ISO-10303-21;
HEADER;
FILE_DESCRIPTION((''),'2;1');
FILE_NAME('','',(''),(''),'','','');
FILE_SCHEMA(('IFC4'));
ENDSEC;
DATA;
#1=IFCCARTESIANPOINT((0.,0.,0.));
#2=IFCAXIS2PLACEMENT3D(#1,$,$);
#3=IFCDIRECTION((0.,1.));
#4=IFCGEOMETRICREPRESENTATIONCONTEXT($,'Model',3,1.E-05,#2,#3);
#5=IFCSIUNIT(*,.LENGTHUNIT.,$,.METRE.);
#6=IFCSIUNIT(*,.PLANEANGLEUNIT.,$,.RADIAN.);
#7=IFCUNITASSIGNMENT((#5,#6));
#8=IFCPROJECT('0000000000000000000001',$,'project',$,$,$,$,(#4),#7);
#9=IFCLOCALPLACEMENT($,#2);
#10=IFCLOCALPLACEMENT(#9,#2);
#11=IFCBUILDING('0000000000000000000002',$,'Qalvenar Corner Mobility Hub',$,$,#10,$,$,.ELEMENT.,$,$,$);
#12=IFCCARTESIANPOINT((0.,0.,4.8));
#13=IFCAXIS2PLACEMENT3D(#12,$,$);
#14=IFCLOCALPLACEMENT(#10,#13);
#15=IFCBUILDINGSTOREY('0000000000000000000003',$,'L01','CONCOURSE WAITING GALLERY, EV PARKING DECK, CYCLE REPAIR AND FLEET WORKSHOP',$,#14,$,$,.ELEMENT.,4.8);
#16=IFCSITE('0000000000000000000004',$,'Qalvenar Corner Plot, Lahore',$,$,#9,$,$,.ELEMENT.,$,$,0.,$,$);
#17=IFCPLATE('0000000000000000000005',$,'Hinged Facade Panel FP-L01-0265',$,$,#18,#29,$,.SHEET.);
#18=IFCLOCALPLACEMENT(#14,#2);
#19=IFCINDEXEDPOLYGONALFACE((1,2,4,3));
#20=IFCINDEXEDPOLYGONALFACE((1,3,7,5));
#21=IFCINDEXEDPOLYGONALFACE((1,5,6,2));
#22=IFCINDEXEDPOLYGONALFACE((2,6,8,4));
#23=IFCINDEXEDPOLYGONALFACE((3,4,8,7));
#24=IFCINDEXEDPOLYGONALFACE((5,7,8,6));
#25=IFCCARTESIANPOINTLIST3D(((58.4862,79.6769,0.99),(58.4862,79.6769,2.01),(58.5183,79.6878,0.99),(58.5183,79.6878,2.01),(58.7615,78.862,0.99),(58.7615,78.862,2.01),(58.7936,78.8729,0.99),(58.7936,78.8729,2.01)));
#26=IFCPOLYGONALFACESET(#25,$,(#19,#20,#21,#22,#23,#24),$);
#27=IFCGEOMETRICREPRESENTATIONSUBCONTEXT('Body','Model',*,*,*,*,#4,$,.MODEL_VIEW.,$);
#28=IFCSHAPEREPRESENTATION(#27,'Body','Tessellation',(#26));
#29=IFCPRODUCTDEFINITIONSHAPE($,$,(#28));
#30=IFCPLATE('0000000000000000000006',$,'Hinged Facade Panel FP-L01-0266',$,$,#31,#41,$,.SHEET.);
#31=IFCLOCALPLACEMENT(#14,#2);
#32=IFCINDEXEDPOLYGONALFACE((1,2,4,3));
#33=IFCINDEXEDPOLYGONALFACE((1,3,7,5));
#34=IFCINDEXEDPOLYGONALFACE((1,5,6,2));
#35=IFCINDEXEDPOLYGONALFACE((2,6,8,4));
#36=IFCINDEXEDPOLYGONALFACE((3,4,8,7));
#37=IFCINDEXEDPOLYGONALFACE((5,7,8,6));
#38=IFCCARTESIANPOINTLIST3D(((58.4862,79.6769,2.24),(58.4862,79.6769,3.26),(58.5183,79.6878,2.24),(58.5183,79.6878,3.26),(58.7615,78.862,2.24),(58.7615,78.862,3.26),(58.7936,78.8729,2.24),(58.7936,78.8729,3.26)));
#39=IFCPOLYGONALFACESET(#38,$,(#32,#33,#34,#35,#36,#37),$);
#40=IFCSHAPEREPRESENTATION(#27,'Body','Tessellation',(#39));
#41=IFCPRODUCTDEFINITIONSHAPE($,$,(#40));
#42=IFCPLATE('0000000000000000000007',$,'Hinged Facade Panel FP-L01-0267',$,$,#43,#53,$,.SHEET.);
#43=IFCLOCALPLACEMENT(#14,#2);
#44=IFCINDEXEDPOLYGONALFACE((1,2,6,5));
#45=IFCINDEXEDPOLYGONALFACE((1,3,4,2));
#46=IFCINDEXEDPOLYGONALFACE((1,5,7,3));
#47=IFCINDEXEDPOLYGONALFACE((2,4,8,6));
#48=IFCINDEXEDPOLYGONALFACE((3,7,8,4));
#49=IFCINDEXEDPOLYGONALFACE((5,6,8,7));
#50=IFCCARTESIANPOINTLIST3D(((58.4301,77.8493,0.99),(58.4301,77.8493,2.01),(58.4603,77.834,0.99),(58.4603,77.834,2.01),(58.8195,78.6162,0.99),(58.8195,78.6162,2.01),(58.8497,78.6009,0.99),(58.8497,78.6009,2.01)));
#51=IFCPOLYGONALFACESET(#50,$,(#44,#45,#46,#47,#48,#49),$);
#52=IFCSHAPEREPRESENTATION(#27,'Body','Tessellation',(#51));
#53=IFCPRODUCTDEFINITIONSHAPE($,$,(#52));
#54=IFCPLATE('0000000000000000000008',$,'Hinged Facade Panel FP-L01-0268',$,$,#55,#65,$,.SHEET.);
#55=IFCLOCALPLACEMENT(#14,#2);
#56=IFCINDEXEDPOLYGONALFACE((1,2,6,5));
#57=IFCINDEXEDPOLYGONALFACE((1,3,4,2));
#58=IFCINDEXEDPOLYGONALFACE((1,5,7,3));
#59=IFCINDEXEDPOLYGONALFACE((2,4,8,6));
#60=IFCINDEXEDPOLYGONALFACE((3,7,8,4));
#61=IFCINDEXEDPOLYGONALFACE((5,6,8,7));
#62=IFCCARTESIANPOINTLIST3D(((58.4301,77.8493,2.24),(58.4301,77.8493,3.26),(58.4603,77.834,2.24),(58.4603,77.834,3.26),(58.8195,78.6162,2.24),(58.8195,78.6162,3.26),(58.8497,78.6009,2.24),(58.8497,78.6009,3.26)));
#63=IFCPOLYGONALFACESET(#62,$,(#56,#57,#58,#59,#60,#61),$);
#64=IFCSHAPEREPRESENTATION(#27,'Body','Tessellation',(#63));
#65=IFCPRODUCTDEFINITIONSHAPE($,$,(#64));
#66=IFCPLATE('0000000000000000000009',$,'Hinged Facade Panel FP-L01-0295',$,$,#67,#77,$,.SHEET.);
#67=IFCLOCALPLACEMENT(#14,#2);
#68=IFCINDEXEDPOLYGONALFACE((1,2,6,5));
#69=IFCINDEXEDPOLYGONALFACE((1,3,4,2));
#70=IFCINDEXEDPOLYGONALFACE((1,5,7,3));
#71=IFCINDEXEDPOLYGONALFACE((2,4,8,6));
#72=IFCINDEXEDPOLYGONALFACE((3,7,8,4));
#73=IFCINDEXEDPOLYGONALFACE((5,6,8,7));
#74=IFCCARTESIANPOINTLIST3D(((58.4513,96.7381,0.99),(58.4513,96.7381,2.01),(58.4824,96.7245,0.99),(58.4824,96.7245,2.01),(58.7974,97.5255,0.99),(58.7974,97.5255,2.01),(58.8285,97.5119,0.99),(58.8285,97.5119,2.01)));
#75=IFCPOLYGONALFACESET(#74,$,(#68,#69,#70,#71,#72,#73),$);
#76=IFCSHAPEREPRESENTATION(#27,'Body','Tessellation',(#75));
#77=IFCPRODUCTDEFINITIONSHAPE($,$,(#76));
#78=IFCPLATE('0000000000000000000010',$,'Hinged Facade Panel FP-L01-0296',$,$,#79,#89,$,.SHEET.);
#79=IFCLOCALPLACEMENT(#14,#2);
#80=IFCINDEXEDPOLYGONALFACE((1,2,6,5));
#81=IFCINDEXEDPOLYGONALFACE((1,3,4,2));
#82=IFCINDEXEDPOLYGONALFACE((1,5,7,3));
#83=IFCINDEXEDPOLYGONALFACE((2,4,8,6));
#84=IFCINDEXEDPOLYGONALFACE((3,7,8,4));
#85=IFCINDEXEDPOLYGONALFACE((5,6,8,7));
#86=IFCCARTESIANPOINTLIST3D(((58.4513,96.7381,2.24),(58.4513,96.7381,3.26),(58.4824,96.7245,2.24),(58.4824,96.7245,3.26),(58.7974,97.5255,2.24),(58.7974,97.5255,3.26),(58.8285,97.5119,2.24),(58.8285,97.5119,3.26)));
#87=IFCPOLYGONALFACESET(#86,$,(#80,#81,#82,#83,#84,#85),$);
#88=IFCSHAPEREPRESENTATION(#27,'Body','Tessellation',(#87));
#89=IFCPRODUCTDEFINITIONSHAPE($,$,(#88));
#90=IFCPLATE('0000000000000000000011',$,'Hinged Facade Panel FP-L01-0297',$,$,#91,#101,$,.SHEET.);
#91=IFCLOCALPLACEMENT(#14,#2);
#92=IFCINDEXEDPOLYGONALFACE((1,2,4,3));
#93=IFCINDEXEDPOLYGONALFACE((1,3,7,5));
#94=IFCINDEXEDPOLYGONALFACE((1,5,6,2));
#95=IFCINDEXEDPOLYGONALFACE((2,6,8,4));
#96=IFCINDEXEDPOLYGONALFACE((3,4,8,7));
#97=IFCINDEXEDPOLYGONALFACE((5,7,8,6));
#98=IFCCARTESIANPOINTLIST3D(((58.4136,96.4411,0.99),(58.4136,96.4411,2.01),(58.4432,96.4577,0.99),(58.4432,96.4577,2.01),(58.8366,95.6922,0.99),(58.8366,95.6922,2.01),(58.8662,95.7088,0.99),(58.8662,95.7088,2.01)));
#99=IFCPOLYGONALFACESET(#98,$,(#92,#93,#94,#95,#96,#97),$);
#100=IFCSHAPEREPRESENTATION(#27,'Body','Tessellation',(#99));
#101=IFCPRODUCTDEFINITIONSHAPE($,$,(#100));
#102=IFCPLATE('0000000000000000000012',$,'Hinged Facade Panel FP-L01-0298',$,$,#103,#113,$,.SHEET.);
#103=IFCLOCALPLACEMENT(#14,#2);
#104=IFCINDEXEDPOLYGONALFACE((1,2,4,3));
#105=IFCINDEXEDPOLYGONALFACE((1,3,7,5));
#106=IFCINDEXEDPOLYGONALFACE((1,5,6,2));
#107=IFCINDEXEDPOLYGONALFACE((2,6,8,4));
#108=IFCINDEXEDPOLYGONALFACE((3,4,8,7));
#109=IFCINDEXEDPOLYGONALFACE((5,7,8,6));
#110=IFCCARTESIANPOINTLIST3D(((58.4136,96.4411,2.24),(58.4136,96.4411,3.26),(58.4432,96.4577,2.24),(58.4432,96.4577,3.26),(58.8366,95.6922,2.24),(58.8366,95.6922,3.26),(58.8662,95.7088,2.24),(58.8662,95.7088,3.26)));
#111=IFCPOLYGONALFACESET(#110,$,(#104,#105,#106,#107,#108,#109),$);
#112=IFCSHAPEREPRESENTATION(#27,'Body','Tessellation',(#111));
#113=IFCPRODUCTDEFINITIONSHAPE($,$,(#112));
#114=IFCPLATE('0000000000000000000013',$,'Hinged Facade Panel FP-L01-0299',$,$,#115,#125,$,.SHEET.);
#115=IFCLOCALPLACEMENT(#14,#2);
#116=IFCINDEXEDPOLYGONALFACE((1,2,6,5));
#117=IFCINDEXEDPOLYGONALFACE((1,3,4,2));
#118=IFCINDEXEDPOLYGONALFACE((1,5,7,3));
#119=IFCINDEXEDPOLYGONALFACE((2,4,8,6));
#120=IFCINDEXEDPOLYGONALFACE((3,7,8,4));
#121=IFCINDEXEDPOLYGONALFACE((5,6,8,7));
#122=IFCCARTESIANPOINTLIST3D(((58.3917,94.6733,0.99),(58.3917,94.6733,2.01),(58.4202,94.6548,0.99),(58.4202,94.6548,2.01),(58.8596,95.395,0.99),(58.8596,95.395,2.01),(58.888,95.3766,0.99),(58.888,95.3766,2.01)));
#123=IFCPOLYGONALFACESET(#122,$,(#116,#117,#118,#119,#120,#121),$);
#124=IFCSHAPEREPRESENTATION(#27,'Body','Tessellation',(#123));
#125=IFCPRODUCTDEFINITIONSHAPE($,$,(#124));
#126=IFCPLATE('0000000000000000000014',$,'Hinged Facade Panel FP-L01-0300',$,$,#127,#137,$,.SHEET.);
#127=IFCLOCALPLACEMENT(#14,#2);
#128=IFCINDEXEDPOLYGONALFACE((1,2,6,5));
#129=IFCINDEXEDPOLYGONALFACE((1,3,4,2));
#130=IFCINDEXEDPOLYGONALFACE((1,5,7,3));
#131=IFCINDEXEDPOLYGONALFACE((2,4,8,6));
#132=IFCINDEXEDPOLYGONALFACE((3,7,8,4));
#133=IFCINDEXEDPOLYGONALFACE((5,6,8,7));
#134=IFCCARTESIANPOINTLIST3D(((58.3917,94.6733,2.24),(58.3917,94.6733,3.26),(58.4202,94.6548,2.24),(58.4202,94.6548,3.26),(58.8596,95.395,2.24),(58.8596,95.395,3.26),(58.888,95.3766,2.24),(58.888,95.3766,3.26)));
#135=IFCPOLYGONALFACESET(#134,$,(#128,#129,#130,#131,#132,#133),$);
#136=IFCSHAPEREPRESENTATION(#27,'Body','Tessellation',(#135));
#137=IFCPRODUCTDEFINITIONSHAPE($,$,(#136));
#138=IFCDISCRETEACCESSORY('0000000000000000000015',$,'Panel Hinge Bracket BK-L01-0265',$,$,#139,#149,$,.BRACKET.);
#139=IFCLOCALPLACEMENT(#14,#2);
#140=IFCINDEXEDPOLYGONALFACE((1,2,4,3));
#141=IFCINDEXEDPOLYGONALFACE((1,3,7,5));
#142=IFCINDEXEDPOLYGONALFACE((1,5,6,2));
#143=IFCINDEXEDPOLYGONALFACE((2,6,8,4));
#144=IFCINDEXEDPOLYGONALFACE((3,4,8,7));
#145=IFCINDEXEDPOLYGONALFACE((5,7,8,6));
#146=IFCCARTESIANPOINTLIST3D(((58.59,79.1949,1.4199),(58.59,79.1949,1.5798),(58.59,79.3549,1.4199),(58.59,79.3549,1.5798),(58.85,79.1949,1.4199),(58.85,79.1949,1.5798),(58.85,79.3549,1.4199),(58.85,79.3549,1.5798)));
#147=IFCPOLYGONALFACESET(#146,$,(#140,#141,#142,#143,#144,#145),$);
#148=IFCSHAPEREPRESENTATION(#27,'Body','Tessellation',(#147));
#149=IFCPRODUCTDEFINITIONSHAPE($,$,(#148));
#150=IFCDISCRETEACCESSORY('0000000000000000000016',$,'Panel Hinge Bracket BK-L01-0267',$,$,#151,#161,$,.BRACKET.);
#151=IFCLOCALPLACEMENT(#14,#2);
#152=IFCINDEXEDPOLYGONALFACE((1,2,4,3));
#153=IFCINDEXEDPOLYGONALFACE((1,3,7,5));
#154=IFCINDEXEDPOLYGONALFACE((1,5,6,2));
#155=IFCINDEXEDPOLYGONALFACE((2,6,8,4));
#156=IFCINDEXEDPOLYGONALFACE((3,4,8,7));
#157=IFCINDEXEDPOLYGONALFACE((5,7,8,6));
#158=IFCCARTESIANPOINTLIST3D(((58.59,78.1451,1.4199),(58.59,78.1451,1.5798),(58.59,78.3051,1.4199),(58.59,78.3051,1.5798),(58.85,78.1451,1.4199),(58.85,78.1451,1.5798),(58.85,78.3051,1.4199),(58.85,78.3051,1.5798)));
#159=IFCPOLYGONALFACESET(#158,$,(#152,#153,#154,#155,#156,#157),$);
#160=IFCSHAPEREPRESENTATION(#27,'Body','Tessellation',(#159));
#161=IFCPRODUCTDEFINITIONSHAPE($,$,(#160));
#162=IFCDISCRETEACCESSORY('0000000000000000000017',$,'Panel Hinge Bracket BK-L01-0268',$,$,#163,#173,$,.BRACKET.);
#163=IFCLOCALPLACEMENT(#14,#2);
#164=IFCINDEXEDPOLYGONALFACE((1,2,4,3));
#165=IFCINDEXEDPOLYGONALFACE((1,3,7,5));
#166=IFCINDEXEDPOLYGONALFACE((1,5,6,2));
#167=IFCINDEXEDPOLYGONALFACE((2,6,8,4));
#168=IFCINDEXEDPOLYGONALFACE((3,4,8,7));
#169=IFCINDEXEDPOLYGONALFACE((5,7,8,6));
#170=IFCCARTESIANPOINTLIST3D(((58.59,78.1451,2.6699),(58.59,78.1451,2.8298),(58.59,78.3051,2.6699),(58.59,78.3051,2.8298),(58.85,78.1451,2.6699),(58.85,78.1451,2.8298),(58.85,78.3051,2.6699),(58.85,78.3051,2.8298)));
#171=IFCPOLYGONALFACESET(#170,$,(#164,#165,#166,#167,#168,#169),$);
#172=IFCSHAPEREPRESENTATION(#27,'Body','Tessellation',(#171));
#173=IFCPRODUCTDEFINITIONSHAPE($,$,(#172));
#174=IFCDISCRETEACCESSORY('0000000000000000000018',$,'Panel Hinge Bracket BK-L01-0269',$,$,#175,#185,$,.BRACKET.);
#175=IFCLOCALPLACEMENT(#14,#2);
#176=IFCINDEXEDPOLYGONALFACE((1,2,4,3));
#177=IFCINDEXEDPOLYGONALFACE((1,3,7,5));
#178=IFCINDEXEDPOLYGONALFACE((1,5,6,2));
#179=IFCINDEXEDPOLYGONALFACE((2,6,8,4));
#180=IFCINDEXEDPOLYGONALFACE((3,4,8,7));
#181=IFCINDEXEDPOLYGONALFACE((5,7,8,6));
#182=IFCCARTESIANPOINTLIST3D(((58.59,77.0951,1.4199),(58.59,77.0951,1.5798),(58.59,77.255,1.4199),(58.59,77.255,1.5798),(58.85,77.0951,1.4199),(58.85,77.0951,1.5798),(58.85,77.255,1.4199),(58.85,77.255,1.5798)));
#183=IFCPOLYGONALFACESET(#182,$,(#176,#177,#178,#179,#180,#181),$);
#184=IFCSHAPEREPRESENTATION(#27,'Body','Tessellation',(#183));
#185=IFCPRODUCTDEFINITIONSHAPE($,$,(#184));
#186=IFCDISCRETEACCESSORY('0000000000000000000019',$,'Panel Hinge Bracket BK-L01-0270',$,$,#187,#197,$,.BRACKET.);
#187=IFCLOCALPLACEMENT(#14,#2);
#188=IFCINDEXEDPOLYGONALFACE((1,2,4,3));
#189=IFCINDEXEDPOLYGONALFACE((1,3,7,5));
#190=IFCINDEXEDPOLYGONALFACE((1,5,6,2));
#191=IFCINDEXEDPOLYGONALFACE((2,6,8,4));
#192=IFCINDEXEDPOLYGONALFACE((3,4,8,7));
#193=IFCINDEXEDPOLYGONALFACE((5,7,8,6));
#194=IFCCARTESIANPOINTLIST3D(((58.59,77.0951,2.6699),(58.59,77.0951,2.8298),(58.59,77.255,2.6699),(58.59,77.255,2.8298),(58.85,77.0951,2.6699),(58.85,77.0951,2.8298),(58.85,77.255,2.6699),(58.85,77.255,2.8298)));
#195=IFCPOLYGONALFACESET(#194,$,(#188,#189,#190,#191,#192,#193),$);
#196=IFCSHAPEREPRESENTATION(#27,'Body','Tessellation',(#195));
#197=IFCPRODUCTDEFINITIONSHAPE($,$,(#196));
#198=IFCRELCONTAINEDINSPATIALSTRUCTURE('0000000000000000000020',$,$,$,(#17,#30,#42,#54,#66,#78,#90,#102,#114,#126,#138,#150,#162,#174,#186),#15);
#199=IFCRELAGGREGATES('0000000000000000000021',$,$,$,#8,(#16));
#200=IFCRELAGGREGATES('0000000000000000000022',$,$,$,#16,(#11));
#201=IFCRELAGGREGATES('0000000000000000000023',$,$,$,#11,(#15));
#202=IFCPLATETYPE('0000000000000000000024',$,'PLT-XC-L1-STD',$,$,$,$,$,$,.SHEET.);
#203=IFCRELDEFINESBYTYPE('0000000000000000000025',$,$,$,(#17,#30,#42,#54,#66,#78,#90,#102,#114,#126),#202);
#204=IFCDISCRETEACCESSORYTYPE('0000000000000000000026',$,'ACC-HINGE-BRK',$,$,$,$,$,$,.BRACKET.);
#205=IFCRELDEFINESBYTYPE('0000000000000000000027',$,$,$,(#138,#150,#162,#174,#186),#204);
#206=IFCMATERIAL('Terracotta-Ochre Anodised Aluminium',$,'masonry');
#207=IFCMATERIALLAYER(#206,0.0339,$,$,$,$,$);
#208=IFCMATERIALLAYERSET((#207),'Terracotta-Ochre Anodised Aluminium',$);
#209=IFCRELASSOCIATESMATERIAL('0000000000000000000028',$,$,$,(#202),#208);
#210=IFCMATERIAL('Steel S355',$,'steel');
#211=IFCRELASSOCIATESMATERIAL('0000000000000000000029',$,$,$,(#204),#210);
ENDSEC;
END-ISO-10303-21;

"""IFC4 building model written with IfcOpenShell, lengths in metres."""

from ifc_helpers import new_model, si_unit, direction, frame, origin, origin_2d, place, context, subcontext, project, spatial, rectangle, extrude, material, layer, layer_set, type_object, element, save


model = new_model("IFC4")

# Units and contexts
model_context = context("Model", 3, precision=1e-05, world=origin(), true_north=direction((0.0, 1.0)))
body_context = subcontext(model_context, "Body", "Model", "MODEL_VIEW")
ifc_project = project(units=[si_unit("LENGTHUNIT", "METRE"), si_unit("PLANEANGLEUNIT", "RADIAN")], contexts=[model_context])

# Site, building, storey
site_placement = place(None, origin())
site = spatial("IfcSite", under=ifc_project, at=site_placement, Name="Qalvenar Corner Plot, Lahore", CompositionType="ELEMENT", RefElevation=0.0)
building_placement = place(site_placement, origin())
building = spatial("IfcBuilding", under=site, at=building_placement, Name="Qalvenar Corner Mobility Hub", CompositionType="ELEMENT")
storey_placement = place(building_placement, frame((0.0, 0.0, 4.8)))
storey = spatial("IfcBuildingStorey", under=building, at=storey_placement, Name="L01", Description="CONCOURSE WAITING GALLERY, EV PARKING DECK, CYCLE REPAIR AND FLEET WORKSHOP", CompositionType="ELEMENT", Elevation=4.8)

# Shared definitions
ifc_material_1 = material(Name="Steel S355", Category="steel")

# Plates
ifc_material_2 = material(Name="Terracotta-Ochre Anodised Aluminium", Category="masonry")
ifc_layer_1 = layer(ifc_material_2, 0.0339)
ifc_layer_set_1 = layer_set([ifc_layer_1], Name="Terracotta-Ochre Anodised Aluminium")
plate_type_1 = type_object("IfcPlateType", Name="PLT-XC-L1-STD", PredefinedType="SHEET", material=ifc_layer_set_1)
for number, where, z_axis, x_axis, name in (
    (1, (58.6399, 79.2749, 0.99), (0.0, 0.0, 1.0), (0.320117, -0.947378, 0.0), "Hinged Facade Panel FP-L01-0265"),
    (2, (58.6399, 79.2749, 2.24), (0.0, 0.0, 1.0), (0.320117, -0.947378, 0.0), "Hinged Facade Panel FP-L01-0266"),
    (3, (58.6399, 78.2251, 0.99), (0.0, 0.0, 1.0), (-0.452746, -0.89164, 0.0), "Hinged Facade Panel FP-L01-0267"),
    (4, (58.6399, 78.2251, 2.24), (0.0, 0.0, 1.0), (-0.452746, -0.89164, 0.0), "Hinged Facade Panel FP-L01-0268"),
    (5, (58.6399, 97.125, 0.99), (0.0, 0.0, 1.0), (-0.402427, -0.915452, 0.0), "Hinged Facade Panel FP-L01-0295"),
    (6, (58.6399, 97.125, 2.24), (0.0, 0.0, 1.0), (-0.402427, -0.915452, 0.0), "Hinged Facade Panel FP-L01-0296"),
    (7, (58.6399, 96.075, 0.99), (0.0, 0.0, 1.0), (0.491816, -0.870699, 0.0), "Hinged Facade Panel FP-L01-0297"),
    (8, (58.6399, 96.075, 2.24), (0.0, 0.0, 1.0), (0.491816, -0.870699, 0.0), "Hinged Facade Panel FP-L01-0298"),
    (9, (58.6399, 95.0249, 0.99), (0.0, 0.0, 1.0), (-0.543907, -0.839146, 0.0), "Hinged Facade Panel FP-L01-0299"),
    (10, (58.6399, 95.0249, 2.24), (0.0, 0.0, 1.0), (-0.543907, -0.839146, 0.0), "Hinged Facade Panel FP-L01-0300"),
):
    element("IfcPlate", number, at=place(storey_placement, frame(where, z_axis=z_axis, x_axis=x_axis)), inside=storey, type_object=plate_type_1, Name=name, PredefinedType="SHEET", context=body_context, shape_type="SweptSolid", body=[
        extrude(rectangle(XDim=0.8601, YDim=0.0339, at=origin_2d()), origin(), (0.0, 0.0, 1.0), 1.02),
    ])

# Discrete accessories
discrete_accessory_type = type_object("IfcDiscreteAccessoryType", Name="ACC-HINGE-BRK", PredefinedType="BRACKET", material=ifc_material_1)
for number, where, z_axis, x_axis, name in (
    (11, (58.72, 79.2749, 1.4199), (0.0, 0.0, 1.0), (0.0, -1.0, 0.0), "Panel Hinge Bracket BK-L01-0265"),
    (12, (58.72, 78.2251, 1.4199), (0.0, 0.0, 1.0), (0.0, -1.0, 0.0), "Panel Hinge Bracket BK-L01-0267"),
    (13, (58.72, 78.2251, 2.6699), (0.0, 0.0, 1.0), (0.0, -1.0, 0.0), "Panel Hinge Bracket BK-L01-0268"),
    (14, (58.72, 77.175, 1.4199), (0.0, 0.0, 1.0), (0.0, -1.0, 0.0), "Panel Hinge Bracket BK-L01-0269"),
    (15, (58.72, 77.175, 2.6699), (0.0, 0.0, 1.0), (0.0, -1.0, 0.0), "Panel Hinge Bracket BK-L01-0270"),
):
    element("IfcDiscreteAccessory", number, at=place(storey_placement, frame(where, z_axis=z_axis, x_axis=x_axis)), inside=storey, type_object=discrete_accessory_type, Name=name, PredefinedType="BRACKET", context=body_context, shape_type="SweptSolid", body=[
        extrude(rectangle(XDim=0.1599, YDim=0.26, at=origin_2d()), origin(), (0.0, 0.0, 1.0), 0.1599),
    ])

save(model, "model.ifc")
